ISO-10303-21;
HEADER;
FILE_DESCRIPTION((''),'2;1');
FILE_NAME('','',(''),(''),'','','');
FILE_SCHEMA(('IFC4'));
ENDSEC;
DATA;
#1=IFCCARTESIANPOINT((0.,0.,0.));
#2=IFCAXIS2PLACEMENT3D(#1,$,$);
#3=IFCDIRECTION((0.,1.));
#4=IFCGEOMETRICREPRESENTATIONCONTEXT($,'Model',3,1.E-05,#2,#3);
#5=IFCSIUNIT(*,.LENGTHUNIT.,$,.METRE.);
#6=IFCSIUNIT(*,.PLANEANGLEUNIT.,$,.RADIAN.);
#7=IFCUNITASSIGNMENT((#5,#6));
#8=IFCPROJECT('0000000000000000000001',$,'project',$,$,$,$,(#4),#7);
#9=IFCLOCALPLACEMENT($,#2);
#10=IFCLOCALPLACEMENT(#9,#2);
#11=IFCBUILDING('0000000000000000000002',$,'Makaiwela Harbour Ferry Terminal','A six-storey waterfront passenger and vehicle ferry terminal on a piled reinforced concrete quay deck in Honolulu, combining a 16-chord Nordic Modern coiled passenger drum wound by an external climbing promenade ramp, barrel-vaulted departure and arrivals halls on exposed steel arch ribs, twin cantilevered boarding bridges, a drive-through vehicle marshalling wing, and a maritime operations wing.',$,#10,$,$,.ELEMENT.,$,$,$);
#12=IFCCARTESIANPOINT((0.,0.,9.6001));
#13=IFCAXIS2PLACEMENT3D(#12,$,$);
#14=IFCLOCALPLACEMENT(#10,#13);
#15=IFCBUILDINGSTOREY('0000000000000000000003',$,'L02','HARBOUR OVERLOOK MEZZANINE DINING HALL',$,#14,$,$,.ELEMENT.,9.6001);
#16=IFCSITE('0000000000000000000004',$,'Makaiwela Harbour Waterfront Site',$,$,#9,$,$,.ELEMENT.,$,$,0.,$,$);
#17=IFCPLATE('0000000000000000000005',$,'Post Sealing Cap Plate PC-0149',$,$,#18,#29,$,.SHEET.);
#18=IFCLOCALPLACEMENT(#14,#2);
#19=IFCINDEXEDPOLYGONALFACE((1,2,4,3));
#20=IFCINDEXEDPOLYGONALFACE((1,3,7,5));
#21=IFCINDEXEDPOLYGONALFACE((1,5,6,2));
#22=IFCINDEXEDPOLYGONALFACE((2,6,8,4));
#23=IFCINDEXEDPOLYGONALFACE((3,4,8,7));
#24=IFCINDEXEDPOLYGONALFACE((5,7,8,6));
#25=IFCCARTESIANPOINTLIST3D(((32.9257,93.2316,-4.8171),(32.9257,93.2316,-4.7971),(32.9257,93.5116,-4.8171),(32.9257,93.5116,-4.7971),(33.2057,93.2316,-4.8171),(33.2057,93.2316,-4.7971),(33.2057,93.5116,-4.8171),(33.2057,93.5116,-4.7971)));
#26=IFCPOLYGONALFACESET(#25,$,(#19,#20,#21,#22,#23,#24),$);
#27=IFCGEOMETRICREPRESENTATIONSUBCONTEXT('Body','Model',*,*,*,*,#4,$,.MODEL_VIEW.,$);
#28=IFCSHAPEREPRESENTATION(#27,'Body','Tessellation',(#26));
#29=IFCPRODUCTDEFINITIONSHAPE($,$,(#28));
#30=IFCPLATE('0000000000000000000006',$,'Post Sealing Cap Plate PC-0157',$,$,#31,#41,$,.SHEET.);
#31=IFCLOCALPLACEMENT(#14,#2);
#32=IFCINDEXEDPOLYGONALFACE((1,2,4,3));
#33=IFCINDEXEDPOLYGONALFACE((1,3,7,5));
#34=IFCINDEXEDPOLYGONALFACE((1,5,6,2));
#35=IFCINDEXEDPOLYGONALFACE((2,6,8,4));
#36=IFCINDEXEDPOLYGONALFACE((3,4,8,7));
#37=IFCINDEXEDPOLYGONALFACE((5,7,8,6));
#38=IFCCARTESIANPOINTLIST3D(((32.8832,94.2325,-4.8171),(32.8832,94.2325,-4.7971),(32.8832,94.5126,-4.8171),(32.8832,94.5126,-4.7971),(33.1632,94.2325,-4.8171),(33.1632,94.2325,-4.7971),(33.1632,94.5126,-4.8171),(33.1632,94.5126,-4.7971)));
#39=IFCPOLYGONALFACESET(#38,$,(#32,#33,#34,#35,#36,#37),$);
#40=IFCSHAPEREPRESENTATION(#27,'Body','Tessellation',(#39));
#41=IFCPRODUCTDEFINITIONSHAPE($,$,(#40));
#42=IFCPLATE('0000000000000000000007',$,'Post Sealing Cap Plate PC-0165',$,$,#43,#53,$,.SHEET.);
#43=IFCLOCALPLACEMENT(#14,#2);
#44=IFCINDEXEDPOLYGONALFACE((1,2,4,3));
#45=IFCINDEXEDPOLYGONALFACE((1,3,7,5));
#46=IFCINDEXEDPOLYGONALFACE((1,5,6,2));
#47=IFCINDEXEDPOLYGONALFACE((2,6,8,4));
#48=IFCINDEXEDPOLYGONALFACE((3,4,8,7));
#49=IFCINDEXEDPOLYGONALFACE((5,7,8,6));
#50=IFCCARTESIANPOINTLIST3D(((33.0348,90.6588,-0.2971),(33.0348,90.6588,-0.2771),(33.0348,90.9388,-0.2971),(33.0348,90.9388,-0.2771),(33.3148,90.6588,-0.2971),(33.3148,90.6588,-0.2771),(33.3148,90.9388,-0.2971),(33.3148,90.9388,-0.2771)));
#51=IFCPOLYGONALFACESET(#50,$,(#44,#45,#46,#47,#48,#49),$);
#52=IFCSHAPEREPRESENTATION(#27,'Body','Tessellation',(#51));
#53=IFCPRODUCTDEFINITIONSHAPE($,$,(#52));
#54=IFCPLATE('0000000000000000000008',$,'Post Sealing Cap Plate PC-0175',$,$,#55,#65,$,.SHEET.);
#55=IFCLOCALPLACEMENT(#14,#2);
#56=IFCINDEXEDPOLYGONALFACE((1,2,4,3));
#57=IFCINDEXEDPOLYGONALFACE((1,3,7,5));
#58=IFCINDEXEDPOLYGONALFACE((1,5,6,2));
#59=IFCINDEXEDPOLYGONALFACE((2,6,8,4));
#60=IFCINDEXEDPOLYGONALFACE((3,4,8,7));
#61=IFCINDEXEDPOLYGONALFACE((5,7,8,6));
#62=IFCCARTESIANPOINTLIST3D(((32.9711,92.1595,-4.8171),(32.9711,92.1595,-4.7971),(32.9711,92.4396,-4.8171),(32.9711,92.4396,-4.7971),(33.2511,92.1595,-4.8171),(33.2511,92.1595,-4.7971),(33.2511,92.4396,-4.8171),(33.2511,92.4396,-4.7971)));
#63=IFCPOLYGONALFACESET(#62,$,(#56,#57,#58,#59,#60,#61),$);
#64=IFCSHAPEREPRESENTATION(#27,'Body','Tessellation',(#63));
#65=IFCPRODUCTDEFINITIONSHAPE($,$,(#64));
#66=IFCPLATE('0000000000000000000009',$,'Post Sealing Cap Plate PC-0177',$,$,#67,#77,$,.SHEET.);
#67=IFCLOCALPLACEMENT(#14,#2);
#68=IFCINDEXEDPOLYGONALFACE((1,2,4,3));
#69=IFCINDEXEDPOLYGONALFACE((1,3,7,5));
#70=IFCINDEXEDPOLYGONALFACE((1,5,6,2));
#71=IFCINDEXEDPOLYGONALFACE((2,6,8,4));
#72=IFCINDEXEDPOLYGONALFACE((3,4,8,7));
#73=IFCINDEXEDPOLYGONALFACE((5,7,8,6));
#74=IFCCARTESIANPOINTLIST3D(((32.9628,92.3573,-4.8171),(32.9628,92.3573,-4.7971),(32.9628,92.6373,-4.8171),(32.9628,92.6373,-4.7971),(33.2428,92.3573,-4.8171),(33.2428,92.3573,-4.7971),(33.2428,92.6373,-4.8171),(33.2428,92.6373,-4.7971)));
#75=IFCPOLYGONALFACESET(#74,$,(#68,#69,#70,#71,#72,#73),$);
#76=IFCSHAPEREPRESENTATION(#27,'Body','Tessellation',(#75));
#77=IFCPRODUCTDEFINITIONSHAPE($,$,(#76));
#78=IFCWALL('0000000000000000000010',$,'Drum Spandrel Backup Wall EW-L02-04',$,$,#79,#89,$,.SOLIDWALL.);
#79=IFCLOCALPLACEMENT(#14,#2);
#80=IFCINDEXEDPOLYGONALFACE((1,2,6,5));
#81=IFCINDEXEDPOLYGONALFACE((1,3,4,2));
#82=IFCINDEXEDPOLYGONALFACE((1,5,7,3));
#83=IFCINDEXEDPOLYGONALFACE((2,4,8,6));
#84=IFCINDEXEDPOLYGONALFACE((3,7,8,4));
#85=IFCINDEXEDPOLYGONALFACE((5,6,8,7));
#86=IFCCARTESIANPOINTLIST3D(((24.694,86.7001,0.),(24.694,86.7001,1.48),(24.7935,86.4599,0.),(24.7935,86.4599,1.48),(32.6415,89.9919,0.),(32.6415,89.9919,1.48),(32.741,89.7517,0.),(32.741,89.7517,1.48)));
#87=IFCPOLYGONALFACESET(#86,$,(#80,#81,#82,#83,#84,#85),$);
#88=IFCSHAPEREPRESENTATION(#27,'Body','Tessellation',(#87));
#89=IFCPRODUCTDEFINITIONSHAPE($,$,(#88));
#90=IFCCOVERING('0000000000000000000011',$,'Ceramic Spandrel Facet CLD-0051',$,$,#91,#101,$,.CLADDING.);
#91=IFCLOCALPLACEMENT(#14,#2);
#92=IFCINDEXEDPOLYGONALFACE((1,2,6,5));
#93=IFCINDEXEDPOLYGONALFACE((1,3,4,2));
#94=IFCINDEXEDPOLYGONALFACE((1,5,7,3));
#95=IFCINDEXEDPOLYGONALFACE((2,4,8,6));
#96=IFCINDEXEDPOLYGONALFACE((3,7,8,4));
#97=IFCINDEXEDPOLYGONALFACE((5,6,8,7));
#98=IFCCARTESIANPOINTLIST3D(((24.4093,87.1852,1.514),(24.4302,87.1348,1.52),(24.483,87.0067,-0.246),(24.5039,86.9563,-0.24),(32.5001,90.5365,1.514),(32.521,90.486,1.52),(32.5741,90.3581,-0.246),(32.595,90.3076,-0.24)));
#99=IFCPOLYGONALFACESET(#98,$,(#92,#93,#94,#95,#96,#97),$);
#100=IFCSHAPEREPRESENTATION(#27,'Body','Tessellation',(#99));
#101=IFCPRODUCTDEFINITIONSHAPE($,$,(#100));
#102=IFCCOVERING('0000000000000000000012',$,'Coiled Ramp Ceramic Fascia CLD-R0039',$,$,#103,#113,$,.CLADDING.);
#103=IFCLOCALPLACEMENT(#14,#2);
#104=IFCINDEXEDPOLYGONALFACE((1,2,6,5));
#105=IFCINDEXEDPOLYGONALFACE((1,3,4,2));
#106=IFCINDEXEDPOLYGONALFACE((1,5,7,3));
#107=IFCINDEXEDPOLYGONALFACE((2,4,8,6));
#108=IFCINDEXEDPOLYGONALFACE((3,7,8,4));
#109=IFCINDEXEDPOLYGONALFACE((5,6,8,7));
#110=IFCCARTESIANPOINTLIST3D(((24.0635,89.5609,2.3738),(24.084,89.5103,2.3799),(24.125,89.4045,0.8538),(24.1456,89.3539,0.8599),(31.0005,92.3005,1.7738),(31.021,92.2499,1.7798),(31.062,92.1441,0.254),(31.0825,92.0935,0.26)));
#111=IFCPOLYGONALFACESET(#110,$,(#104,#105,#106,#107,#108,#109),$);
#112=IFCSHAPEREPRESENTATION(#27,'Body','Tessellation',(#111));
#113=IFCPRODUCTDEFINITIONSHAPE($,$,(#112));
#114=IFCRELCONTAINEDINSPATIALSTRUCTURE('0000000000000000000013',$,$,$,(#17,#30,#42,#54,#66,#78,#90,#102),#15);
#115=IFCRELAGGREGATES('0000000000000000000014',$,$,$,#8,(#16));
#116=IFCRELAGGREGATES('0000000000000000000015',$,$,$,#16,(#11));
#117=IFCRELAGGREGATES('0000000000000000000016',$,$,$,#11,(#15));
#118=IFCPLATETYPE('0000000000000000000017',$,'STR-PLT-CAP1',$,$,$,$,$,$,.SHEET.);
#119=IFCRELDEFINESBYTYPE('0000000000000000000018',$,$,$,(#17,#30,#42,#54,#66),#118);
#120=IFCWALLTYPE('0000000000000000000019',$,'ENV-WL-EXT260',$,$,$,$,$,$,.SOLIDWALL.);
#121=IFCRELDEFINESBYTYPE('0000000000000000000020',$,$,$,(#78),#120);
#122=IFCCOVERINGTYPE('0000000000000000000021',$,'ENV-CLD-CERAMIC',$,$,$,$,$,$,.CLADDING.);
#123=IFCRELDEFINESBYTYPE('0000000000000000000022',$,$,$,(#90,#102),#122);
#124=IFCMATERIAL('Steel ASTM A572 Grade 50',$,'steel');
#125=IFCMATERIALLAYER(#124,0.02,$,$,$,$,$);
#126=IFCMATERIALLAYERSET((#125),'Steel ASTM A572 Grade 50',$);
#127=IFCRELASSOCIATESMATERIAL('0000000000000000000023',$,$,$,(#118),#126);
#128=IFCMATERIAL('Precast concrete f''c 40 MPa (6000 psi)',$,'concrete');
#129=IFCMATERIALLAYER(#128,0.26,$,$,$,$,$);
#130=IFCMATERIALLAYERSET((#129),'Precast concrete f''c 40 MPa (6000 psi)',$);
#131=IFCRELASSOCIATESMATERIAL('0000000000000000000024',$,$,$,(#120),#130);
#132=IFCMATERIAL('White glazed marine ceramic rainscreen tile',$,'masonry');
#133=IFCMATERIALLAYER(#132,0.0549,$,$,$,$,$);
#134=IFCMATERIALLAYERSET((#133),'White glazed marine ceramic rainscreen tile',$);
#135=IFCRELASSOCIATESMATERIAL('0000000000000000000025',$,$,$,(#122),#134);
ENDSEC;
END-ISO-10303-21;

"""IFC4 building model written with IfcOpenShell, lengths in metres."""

from ifc_helpers import new_model, si_unit, direction, frame, frame_2d, origin, origin_2d, place, context, subcontext, project, spatial, polyline, rectangle, outline, extrude, material, layer, layer_set, type_object, element, save


model = new_model("IFC4")

# Units and contexts
model_context = context("Model", 3, precision=1e-05, world=origin(), true_north=direction((0.0, 1.0)))
body_context = subcontext(model_context, "Body", "Model", "MODEL_VIEW")
ifc_project = project(units=[si_unit("LENGTHUNIT", "METRE"), si_unit("PLANEANGLEUNIT", "RADIAN")], contexts=[model_context])

# Site, building, storey
site_placement = place(None, origin())
site = spatial("IfcSite", under=ifc_project, at=site_placement, Name="Makaiwela Harbour Waterfront Site", CompositionType="ELEMENT", RefElevation=0.0)
building_placement = place(site_placement, origin())
building = spatial("IfcBuilding", under=site, at=building_placement, Name="Makaiwela Harbour Ferry Terminal", Description="A six-storey waterfront passenger and vehicle ferry terminal on a piled reinforced concrete quay deck in Honolulu, combining a 16-chord Nordic Modern coiled passenger drum wound by an external climbing promenade ramp, barrel-vaulted departure and arrivals halls on exposed steel arch ribs, twin cantilevered boarding bridges, a drive-through vehicle marshalling wing, and a maritime operations wing.", CompositionType="ELEMENT")
storey_placement = place(building_placement, frame((0.0, 0.0, 9.6001)))
storey = spatial("IfcBuildingStorey", under=building, at=storey_placement, Name="L02", Description="HARBOUR OVERLOOK MEZZANINE DINING HALL", CompositionType="ELEMENT", Elevation=9.6001)

# Plates
ifc_material_1 = material(Name="Steel ASTM A572 Grade 50", Category="steel")
ifc_layer_1 = layer(ifc_material_1, 0.02)
ifc_layer_set_1 = layer_set([ifc_layer_1], Name="Steel ASTM A572 Grade 50")
plate_type = type_object("IfcPlateType", Name="STR-PLT-CAP1", PredefinedType="SHEET", material=ifc_layer_set_1)
for number, where, z_axis, x_axis, name in (
    (1, (33.0657, 93.3716, -4.8171), (0.0, 0.0, 1.0), (1.0, 0.0, 0.0), "Post Sealing Cap Plate PC-0149"),
    (2, (33.0232, 94.3726, -4.8171), (0.0, 0.0, 1.0), (1.0, 0.0, 0.0), "Post Sealing Cap Plate PC-0157"),
    (3, (33.1748, 90.7988, -0.2971), (0.0, 0.0, 1.0), (1.0, 0.0, 0.0), "Post Sealing Cap Plate PC-0165"),
    (4, (33.1111, 92.2996, -4.8171), (0.0, 0.0, 1.0), (1.0, 0.0, 0.0), "Post Sealing Cap Plate PC-0175"),
    (5, (33.1028, 92.4973, -4.8171), (0.0, 0.0, 1.0), (1.0, 0.0, 0.0), "Post Sealing Cap Plate PC-0177"),
):
    element("IfcPlate", number, at=place(storey_placement, frame(where, z_axis=z_axis, x_axis=x_axis)), inside=storey, type_object=plate_type, Name=name, PredefinedType="SHEET", context=body_context, shape_type="SweptSolid", body=[
        extrude(rectangle(XDim=0.28, YDim=0.28, at=origin_2d()), origin(), (0.0, 0.0, 1.0), 0.02),
    ])

# Wall
ifc_material_2 = material(Name="Precast concrete f'c 40 MPa (6000 psi)", Category="concrete")
ifc_layer_2 = layer(ifc_material_2, 0.26)
ifc_layer_set_2 = layer_set([ifc_layer_2], Name="Precast concrete f'c 40 MPa (6000 psi)")
wall_type = type_object("IfcWallType", Name="ENV-WL-EXT260", PredefinedType="SOLIDWALL", material=ifc_layer_set_2)
wall_placement = place(storey_placement, frame((32.6914, 89.8718, 0.0), z_axis=(0.0, 0.0, 1.0), x_axis=(-0.923889, -0.382662, 0.0)))
element("IfcWall", 6, at=wall_placement, inside=storey, type_object=wall_type, Name="Drum Spandrel Backup Wall EW-L02-04", PredefinedType="SOLIDWALL", context=body_context, shape_type="SweptSolid", body=[
    extrude(rectangle(XDim=8.6023, YDim=0.26, at=frame_2d((4.3013, 0.0))), origin(), (0.0, 0.0, 1.0), 1.48),
])

# Coverings
ifc_material_3 = material(Name="White glazed marine ceramic rainscreen tile", Category="masonry")
ifc_layer_3 = layer(ifc_material_3, 0.0549)
ifc_layer_set_3 = layer_set([ifc_layer_3], Name="White glazed marine ceramic rainscreen tile")
covering_type = type_object("IfcCoveringType", Name="ENV-CLD-CERAMIC", PredefinedType="CLADDING", material=ifc_layer_set_3)
covering_1_placement = place(storey_placement, frame((32.595, 90.3076, -0.24), z_axis=(0.380394, -0.918369, 0.109085), x_axis=(-0.923882, -0.382678, 0.000001)))
element("IfcCovering", 7, at=covering_1_placement, inside=storey, type_object=covering_type, Name="Ceramic Spandrel Facet CLD-0051", PredefinedType="CLADDING", context=body_context, shape_type="SweptSolid", body=[
    extrude(outline(polyline([(0.0, 0.0), (8.7577, 0.0), (8.7575, -1.7706), (0.0, -1.7706), (0.0, 0.0)])), origin(), (0.0, 0.0, -1.0), 0.0549),
])
covering_2_placement = place(storey_placement, frame((31.0825, 92.0935, 0.26), z_axis=(0.373304, -0.921179, 0.109885), x_axis=(-0.9271, -0.36614, 0.08017)))
element("IfcCovering", 8, at=covering_2_placement, inside=storey, type_object=covering_type, Name="Coiled Ramp Ceramic Fascia CLD-R0039", PredefinedType="CLADDING", context=body_context, shape_type="SweptSolid", body=[
    extrude(outline(polyline([(0.0, 0.0), (7.4824, 0.0), (7.6041, -1.5244), (0.1216, -1.5242), (0.0, 0.0)])), origin(), (0.0, 0.0, -1.0), 0.0549),
])

save(model, "model.ifc")
